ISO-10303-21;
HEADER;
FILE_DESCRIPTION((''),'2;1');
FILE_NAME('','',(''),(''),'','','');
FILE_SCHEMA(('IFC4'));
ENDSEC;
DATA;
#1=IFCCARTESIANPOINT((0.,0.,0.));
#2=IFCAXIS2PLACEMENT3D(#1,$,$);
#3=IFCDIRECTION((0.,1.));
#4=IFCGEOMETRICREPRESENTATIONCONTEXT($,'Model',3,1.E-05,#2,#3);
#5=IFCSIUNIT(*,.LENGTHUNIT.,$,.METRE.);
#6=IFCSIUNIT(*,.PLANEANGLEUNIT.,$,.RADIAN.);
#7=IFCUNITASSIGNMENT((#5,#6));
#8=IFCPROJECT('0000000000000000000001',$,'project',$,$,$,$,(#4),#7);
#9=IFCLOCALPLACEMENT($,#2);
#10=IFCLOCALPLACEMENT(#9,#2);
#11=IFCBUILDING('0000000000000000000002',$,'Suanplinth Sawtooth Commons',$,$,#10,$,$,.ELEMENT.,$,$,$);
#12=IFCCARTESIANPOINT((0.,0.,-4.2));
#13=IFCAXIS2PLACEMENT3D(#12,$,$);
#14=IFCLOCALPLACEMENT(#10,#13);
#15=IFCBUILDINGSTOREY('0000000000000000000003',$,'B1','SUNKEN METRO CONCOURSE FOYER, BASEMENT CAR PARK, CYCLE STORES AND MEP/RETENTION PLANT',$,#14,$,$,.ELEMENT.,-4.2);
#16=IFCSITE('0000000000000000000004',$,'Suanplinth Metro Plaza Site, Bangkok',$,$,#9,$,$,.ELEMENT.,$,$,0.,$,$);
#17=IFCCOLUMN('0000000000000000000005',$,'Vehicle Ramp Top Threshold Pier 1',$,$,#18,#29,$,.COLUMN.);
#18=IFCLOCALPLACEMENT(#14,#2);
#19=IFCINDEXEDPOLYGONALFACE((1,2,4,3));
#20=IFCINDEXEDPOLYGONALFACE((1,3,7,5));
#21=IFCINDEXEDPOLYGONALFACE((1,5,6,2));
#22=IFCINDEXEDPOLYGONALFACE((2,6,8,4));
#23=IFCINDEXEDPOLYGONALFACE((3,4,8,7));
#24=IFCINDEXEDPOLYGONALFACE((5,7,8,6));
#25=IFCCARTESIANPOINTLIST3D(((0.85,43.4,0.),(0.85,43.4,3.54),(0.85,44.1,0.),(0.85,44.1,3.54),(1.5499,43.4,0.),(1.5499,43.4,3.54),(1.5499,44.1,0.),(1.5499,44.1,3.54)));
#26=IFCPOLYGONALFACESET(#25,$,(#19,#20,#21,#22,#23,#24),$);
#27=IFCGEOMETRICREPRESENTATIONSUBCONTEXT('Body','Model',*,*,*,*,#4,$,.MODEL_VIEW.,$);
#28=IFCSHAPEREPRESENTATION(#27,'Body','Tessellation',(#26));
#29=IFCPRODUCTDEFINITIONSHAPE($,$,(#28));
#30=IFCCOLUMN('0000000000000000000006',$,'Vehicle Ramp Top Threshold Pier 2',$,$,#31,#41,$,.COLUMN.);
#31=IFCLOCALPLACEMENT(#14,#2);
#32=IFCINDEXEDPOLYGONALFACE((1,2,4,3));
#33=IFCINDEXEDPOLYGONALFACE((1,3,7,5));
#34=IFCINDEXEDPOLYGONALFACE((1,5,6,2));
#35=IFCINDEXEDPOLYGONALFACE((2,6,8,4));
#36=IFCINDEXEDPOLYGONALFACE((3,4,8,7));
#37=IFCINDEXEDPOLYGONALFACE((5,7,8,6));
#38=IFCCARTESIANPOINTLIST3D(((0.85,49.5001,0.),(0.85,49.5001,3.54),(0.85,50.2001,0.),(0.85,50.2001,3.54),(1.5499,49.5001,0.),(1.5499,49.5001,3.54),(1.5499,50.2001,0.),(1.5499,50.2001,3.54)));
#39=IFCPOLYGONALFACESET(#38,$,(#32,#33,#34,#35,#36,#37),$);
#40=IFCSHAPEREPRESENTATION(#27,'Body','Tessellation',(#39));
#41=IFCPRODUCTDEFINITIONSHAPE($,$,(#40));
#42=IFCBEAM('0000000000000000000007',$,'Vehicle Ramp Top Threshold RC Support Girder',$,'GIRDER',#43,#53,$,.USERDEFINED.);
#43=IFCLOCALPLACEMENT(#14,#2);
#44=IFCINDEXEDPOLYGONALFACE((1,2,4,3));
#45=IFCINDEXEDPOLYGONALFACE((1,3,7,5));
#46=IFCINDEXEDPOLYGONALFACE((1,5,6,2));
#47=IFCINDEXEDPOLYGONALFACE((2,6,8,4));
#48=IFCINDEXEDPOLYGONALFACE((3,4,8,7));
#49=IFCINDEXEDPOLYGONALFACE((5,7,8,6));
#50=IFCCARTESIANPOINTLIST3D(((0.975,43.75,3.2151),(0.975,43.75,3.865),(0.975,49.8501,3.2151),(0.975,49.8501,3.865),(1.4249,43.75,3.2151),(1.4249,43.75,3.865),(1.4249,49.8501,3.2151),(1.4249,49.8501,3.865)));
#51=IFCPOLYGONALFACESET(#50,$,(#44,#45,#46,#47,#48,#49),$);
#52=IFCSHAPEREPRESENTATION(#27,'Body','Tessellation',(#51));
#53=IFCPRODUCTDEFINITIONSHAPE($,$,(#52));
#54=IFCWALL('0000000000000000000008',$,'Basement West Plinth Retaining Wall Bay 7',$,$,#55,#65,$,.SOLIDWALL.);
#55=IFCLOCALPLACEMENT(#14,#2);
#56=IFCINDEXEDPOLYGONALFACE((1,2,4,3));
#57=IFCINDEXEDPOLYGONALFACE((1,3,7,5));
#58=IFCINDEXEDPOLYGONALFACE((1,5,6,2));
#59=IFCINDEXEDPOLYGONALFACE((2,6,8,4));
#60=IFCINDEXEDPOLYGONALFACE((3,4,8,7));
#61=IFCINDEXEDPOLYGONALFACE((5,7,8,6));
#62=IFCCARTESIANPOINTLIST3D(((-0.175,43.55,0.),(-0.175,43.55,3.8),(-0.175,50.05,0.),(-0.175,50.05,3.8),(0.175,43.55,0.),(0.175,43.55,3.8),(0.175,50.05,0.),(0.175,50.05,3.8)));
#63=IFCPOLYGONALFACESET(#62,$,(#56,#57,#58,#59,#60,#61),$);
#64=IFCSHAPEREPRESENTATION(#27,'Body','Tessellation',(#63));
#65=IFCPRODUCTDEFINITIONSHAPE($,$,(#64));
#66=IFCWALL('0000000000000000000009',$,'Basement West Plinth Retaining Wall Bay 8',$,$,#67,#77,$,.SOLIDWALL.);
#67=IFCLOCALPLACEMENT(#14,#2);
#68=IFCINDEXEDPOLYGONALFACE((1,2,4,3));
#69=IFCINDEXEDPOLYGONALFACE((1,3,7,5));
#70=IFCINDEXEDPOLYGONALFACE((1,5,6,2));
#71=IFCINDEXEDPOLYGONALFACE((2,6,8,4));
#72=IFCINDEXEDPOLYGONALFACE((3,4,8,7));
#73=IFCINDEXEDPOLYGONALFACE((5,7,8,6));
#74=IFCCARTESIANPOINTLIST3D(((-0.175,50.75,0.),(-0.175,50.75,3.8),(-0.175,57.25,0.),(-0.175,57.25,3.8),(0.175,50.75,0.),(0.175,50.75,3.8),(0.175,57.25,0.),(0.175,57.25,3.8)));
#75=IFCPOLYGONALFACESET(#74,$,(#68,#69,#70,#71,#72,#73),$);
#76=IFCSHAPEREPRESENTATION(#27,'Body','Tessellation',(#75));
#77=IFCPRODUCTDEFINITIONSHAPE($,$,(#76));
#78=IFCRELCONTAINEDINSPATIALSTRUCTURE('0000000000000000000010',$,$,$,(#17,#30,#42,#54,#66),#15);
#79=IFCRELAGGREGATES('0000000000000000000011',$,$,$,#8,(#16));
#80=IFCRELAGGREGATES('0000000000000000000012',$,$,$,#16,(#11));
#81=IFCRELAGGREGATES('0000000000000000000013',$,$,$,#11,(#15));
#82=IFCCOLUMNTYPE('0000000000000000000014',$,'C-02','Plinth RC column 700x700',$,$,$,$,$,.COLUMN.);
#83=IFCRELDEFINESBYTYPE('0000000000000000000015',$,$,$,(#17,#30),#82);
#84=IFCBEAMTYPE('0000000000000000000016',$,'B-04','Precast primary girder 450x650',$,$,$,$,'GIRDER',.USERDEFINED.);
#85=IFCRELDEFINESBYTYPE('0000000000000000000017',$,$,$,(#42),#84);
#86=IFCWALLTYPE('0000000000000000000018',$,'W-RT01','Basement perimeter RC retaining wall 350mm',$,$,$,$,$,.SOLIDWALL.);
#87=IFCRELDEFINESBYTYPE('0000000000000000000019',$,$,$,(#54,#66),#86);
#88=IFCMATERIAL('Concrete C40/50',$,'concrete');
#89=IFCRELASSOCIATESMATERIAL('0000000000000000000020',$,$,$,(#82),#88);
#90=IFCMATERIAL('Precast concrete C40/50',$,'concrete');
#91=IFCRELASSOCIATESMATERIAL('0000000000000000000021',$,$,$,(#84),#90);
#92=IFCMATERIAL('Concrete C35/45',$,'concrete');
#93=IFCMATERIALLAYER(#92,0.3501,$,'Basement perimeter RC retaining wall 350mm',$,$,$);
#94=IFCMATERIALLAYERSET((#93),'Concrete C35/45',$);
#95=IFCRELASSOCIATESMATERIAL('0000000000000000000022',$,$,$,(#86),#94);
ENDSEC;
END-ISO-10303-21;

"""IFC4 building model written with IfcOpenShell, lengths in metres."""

from ifc_helpers import new_model, si_unit, direction, frame, frame_2d, origin, origin_2d, place, context, subcontext, project, spatial, rectangle, extrude, material, layer, layer_set, material_profile, profile_set, type_object, element, save


model = new_model("IFC4")

# Units and contexts
model_context = context("Model", 3, precision=1e-05, world=origin(), true_north=direction((0.0, 1.0)))
body_context = subcontext(model_context, "Body", "Model", "MODEL_VIEW")
ifc_project = project(units=[si_unit("LENGTHUNIT", "METRE"), si_unit("PLANEANGLEUNIT", "RADIAN")], contexts=[model_context])

# Site, building, storey
site_placement = place(None, origin())
site = spatial("IfcSite", under=ifc_project, at=site_placement, Name="Suanplinth Metro Plaza Site, Bangkok", CompositionType="ELEMENT", RefElevation=0.0)
building_placement = place(site_placement, origin())
building = spatial("IfcBuilding", under=site, at=building_placement, Name="Suanplinth Sawtooth Commons", CompositionType="ELEMENT")
storey_placement = place(building_placement, frame((0.0, 0.0, -4.2)))
storey = spatial("IfcBuildingStorey", under=building, at=storey_placement, Name="B1", Description="SUNKEN METRO CONCOURSE FOYER, BASEMENT CAR PARK, CYCLE STORES AND MEP/RETENTION PLANT", CompositionType="ELEMENT", Elevation=-4.2)

# Shared definitions
ifc_material_1 = material(Name="Concrete C35/45", Category="concrete")

# Columns
ifc_material_2 = material(Name="Concrete C40/50", Category="concrete")
ifc_material_profile_1 = material_profile(ifc_material_2, rectangle(XDim=0.7, YDim=0.7, at=origin_2d()), Name="RC-COL 700x700")
ifc_profile_set_1 = profile_set([ifc_material_profile_1], Name="Concrete C40/50")
column_type = type_object("IfcColumnType", Name="C-02", Description="Plinth RC column 700x700", PredefinedType="COLUMN", material=ifc_profile_set_1)
for number, where, z_axis, x_axis, name in (
    (1, (1.2, 43.75, 0.0), (0.0, 0.0, 1.0), (1.0, 0.0, 0.0), "Vehicle Ramp Top Threshold Pier 1"),
    (2, (1.2, 49.8501, 0.0), (0.0, 0.0, 1.0), (1.0, 0.0, 0.0), "Vehicle Ramp Top Threshold Pier 2"),
):
    element("IfcColumn", number, at=place(storey_placement, frame(where, z_axis=z_axis, x_axis=x_axis)), inside=storey, type_object=column_type, Name=name, PredefinedType="COLUMN", context=body_context, shape_type="SweptSolid", body=[
        extrude(rectangle(XDim=0.7, YDim=0.7, at=origin_2d()), origin(), (0.0, 0.0, 1.0), 3.54),
    ])

# Beam
ifc_material_3 = material(Name="Precast concrete C40/50", Category="concrete")
ifc_material_profile_2 = material_profile(ifc_material_3, rectangle(XDim=0.45, YDim=0.6499, at=origin_2d()), Name="PC-GDR 450x650")
ifc_profile_set_2 = profile_set([ifc_material_profile_2], Name="Precast concrete C40/50")
beam_type = type_object("IfcBeamType", Name="B-04", Description="Precast primary girder 450x650", ElementType="GIRDER", PredefinedType="USERDEFINED", material=ifc_profile_set_2)
beam_placement = place(storey_placement, frame((1.2, 43.75, 3.54), z_axis=(0.0, 1.0, 0.0), x_axis=(-1.0, 0.0, 0.0)))
element("IfcBeam", 3, at=beam_placement, inside=storey, type_object=beam_type, Name="Vehicle Ramp Top Threshold RC Support Girder", ObjectType="GIRDER", PredefinedType="USERDEFINED", context=body_context, shape_type="SweptSolid", body=[
    extrude(rectangle(XDim=0.45, YDim=0.6499, at=origin_2d()), origin(), (0.0, 0.0, 1.0), 6.1001),
])

# Walls
ifc_layer = layer(ifc_material_1, 0.3501, Name="Basement perimeter RC retaining wall 350mm")
ifc_layer_set = layer_set([ifc_layer], Name="Concrete C35/45")
wall_type = type_object("IfcWallType", Name="W-RT01", Description="Basement perimeter RC retaining wall 350mm", PredefinedType="SOLIDWALL", material=ifc_layer_set)
for number, where, z_axis, x_axis, name in (
    (4, (0.0, 43.55, 0.0), (0.0, 0.0, 1.0), (0.0, 1.0, 0.0), "Basement West Plinth Retaining Wall Bay 7"),
    (5, (0.0, 50.75, 0.0), (0.0, 0.0, 1.0), (0.0, 1.0, 0.0), "Basement West Plinth Retaining Wall Bay 8"),
):
    element("IfcWall", number, at=place(storey_placement, frame(where, z_axis=z_axis, x_axis=x_axis)), inside=storey, type_object=wall_type, Name=name, PredefinedType="SOLIDWALL", context=body_context, shape_type="SweptSolid", body=[
        extrude(rectangle(XDim=6.5, YDim=0.3501, at=frame_2d((3.25, 0.0))), origin(), (0.0, 0.0, 1.0), 3.8),
    ])

save(model, "model.ifc")
